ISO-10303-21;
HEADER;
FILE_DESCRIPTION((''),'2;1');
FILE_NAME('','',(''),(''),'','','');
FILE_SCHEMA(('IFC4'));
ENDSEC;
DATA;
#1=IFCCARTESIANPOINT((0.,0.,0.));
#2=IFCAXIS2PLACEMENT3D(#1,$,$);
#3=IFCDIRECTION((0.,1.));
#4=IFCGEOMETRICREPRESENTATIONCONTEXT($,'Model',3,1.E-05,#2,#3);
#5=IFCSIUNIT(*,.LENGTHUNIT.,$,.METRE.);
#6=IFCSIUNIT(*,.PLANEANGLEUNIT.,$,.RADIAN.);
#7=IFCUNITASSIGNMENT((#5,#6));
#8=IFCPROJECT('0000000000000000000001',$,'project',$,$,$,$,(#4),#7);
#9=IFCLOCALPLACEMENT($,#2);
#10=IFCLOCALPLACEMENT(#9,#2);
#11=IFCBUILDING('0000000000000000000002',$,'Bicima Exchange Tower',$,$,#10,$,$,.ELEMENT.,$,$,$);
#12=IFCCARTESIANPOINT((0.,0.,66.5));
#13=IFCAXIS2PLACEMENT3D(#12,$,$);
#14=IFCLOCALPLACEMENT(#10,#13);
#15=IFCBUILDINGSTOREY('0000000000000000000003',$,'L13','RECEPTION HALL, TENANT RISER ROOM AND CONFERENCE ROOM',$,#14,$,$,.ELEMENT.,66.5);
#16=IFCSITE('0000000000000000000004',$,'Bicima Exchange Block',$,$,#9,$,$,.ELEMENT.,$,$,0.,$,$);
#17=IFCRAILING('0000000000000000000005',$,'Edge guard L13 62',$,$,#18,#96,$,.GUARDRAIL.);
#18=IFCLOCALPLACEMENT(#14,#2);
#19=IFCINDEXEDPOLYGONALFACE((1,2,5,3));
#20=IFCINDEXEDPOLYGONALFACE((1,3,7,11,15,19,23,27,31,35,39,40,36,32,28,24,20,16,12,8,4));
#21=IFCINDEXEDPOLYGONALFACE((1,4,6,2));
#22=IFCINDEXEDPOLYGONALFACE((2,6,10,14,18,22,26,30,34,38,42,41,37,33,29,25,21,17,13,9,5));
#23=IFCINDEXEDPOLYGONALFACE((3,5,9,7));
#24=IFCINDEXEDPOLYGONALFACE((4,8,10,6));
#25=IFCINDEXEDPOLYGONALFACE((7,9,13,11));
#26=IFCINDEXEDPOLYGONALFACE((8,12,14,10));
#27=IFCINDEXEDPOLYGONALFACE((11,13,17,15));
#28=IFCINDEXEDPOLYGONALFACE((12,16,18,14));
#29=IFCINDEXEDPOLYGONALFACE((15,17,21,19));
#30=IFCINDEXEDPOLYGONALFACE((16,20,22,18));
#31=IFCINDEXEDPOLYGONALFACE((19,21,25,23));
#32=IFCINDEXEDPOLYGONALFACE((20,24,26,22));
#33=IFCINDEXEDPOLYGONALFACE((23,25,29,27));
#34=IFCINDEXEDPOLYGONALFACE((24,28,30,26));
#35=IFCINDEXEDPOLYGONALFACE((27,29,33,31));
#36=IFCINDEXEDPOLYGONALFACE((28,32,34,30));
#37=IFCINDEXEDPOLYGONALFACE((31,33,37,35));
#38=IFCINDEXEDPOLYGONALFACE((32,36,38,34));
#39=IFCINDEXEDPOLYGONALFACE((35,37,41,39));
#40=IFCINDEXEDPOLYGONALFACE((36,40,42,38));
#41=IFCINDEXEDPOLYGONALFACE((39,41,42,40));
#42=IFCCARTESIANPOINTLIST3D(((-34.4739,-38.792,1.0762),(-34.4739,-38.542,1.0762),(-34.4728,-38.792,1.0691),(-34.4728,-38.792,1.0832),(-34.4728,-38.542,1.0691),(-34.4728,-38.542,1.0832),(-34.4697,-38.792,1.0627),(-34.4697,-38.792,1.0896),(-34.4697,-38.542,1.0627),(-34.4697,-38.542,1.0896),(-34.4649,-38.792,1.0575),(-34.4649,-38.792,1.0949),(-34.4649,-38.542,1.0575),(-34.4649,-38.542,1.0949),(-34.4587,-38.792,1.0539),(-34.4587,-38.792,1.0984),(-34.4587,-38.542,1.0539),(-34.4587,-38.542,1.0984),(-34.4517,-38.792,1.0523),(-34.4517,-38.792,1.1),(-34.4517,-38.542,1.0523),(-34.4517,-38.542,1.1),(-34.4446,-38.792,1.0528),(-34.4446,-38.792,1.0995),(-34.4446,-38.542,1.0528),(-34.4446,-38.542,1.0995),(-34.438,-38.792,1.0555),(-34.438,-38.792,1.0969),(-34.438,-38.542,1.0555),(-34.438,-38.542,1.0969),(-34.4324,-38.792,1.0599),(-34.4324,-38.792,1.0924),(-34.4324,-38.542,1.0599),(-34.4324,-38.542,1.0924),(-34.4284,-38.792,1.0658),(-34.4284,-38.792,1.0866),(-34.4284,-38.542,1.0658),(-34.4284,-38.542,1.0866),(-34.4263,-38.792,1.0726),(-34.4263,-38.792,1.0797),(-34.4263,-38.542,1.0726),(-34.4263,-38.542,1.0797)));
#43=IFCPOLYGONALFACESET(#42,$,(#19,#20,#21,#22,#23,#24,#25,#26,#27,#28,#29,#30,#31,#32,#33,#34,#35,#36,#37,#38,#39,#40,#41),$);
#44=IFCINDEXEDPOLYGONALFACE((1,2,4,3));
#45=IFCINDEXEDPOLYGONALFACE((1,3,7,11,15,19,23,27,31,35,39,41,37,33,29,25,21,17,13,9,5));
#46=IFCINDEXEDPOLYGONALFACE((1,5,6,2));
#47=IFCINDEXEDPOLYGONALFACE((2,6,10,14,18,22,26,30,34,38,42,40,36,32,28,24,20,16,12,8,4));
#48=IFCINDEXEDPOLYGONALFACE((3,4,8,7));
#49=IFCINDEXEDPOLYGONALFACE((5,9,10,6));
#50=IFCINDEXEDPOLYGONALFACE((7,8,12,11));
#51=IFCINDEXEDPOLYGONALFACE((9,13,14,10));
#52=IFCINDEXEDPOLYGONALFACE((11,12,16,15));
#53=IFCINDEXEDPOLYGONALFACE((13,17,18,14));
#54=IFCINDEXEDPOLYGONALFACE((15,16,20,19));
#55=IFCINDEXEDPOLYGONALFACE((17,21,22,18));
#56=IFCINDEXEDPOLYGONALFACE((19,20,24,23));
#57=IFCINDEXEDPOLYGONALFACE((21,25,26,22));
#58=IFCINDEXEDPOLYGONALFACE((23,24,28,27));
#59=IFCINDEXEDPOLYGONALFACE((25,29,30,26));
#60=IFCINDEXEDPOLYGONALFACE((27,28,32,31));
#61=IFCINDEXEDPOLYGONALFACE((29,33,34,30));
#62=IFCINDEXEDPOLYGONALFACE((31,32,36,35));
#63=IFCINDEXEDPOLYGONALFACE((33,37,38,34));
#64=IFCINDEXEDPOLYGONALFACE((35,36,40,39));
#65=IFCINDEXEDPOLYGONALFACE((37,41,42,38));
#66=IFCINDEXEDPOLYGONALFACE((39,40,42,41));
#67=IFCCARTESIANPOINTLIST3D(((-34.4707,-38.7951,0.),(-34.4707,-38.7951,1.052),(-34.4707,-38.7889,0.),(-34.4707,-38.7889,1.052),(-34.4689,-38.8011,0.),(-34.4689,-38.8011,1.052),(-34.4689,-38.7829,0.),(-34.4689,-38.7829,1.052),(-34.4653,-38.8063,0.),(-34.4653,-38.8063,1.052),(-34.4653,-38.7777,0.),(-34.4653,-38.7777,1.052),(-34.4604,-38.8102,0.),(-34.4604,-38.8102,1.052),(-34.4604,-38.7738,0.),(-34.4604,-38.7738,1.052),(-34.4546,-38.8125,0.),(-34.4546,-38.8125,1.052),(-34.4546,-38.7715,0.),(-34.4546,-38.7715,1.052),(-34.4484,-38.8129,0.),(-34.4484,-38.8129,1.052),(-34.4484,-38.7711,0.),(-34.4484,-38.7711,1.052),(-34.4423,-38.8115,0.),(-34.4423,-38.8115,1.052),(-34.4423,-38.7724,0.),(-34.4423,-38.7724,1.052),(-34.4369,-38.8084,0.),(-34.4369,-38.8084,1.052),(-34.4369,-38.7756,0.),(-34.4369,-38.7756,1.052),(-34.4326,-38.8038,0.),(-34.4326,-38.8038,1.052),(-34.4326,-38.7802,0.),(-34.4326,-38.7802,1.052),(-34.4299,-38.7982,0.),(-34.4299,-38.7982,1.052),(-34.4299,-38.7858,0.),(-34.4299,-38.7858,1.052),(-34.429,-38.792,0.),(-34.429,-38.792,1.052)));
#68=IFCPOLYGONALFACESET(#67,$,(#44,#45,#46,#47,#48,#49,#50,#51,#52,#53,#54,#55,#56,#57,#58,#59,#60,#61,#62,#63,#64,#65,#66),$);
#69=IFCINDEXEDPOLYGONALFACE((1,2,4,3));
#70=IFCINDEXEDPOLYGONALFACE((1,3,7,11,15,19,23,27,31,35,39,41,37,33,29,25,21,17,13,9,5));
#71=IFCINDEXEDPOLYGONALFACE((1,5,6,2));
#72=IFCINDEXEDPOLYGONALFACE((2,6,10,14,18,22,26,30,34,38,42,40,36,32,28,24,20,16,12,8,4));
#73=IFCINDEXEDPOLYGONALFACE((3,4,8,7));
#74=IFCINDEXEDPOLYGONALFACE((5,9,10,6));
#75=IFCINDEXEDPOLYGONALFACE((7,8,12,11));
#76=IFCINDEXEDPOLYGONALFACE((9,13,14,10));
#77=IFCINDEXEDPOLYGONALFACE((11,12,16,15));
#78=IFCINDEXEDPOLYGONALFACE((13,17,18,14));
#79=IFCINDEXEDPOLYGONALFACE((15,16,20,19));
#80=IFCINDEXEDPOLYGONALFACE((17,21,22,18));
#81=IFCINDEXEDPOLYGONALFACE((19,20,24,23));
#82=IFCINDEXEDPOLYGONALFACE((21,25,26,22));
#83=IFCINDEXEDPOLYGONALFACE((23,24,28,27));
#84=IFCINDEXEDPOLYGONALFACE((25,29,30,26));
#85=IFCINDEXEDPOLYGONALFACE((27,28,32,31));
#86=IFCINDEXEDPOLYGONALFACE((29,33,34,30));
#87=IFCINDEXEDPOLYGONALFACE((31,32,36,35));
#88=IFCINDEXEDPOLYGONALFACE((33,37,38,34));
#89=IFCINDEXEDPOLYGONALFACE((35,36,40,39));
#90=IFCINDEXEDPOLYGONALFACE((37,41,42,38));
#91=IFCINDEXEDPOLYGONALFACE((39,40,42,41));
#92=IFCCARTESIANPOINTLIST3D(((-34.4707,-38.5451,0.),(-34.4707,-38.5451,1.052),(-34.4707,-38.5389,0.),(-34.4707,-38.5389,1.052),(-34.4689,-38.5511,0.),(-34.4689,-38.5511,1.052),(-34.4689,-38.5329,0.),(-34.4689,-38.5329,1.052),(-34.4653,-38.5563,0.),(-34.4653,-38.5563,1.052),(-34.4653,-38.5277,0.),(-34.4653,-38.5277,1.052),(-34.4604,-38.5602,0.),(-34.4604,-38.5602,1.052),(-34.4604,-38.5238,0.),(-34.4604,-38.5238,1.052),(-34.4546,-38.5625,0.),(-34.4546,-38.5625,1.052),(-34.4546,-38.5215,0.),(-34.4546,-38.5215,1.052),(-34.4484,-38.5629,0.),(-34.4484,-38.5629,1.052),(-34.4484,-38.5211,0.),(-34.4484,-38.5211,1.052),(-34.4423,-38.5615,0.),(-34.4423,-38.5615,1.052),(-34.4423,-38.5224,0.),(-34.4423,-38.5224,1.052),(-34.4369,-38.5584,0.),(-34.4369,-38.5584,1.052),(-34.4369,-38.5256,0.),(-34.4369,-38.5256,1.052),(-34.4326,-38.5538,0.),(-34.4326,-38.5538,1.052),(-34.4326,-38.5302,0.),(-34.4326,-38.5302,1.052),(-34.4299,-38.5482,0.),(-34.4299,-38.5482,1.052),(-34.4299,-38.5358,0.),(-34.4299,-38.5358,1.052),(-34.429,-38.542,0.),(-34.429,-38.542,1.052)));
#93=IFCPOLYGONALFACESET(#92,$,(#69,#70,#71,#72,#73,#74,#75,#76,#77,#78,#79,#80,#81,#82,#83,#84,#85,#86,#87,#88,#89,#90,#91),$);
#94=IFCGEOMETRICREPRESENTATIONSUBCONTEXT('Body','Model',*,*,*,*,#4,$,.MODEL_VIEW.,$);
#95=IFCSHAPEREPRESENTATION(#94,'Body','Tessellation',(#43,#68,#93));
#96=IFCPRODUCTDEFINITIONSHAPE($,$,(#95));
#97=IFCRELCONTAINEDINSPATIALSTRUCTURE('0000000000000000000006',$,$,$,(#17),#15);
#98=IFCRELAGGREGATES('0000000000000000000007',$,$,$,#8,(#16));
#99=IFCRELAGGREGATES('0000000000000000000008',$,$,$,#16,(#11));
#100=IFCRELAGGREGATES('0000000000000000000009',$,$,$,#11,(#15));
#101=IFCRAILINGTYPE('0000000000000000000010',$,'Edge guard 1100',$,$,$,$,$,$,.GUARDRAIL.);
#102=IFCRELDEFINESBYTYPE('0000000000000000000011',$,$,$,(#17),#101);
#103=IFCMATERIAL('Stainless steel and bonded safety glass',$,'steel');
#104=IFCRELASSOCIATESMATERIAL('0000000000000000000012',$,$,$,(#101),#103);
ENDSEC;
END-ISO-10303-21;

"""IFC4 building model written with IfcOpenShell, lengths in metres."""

from ifc_helpers import new_model, si_unit, direction, frame, origin, origin_2d, place, context, subcontext, project, spatial, circle, extrude, material, type_object, element, save


model = new_model("IFC4")

# Units and contexts
model_context = context("Model", 3, precision=1e-05, world=origin(), true_north=direction((0.0, 1.0)))
body_context = subcontext(model_context, "Body", "Model", "MODEL_VIEW")
ifc_project = project(units=[si_unit("LENGTHUNIT", "METRE"), si_unit("PLANEANGLEUNIT", "RADIAN")], contexts=[model_context])

# Site, building, storey
site_placement = place(None, origin())
site = spatial("IfcSite", under=ifc_project, at=site_placement, Name="Bicima Exchange Block", CompositionType="ELEMENT", RefElevation=0.0)
building_placement = place(site_placement, origin())
building = spatial("IfcBuilding", under=site, at=building_placement, Name="Bicima Exchange Tower", CompositionType="ELEMENT")
storey_placement = place(building_placement, frame((0.0, 0.0, 66.5)))
storey = spatial("IfcBuildingStorey", under=building, at=storey_placement, Name="L13", Description="RECEPTION HALL, TENANT RISER ROOM AND CONFERENCE ROOM", CompositionType="ELEMENT", Elevation=66.5)

# Railing
ifc_material_1 = material(Name="Stainless steel and bonded safety glass", Category="steel")
railing_type = type_object("IfcRailingType", Name="Edge guard 1100", PredefinedType="GUARDRAIL", material=ifc_material_1)
railing_1_placement = place(storey_placement, frame((-34.45, -38.792, 0.0)))
element("IfcRailing", 1, at=railing_1_placement, inside=storey, type_object=railing_type, Name="Edge guard L13 62", PredefinedType="GUARDRAIL", context=body_context, shape_type="SweptSolid", body=[
    extrude(circle(Radius=0.0239, at=origin_2d()), frame((0.0, 0.0, 1.0762), z_axis=(0.0, 1.0, 0.0), x_axis=(-1.0, 0.0, 0.0)), (0.0, 0.0, 1.0), 0.25),
    extrude(circle(Radius=0.021, at=origin_2d()), origin(), (0.0, 0.0, 1.0), 1.052),
    extrude(circle(Radius=0.021, at=origin_2d()), frame((0.0, 0.25, 0.0)), (0.0, 0.0, 1.0), 1.052),
])

save(model, "model.ifc")
